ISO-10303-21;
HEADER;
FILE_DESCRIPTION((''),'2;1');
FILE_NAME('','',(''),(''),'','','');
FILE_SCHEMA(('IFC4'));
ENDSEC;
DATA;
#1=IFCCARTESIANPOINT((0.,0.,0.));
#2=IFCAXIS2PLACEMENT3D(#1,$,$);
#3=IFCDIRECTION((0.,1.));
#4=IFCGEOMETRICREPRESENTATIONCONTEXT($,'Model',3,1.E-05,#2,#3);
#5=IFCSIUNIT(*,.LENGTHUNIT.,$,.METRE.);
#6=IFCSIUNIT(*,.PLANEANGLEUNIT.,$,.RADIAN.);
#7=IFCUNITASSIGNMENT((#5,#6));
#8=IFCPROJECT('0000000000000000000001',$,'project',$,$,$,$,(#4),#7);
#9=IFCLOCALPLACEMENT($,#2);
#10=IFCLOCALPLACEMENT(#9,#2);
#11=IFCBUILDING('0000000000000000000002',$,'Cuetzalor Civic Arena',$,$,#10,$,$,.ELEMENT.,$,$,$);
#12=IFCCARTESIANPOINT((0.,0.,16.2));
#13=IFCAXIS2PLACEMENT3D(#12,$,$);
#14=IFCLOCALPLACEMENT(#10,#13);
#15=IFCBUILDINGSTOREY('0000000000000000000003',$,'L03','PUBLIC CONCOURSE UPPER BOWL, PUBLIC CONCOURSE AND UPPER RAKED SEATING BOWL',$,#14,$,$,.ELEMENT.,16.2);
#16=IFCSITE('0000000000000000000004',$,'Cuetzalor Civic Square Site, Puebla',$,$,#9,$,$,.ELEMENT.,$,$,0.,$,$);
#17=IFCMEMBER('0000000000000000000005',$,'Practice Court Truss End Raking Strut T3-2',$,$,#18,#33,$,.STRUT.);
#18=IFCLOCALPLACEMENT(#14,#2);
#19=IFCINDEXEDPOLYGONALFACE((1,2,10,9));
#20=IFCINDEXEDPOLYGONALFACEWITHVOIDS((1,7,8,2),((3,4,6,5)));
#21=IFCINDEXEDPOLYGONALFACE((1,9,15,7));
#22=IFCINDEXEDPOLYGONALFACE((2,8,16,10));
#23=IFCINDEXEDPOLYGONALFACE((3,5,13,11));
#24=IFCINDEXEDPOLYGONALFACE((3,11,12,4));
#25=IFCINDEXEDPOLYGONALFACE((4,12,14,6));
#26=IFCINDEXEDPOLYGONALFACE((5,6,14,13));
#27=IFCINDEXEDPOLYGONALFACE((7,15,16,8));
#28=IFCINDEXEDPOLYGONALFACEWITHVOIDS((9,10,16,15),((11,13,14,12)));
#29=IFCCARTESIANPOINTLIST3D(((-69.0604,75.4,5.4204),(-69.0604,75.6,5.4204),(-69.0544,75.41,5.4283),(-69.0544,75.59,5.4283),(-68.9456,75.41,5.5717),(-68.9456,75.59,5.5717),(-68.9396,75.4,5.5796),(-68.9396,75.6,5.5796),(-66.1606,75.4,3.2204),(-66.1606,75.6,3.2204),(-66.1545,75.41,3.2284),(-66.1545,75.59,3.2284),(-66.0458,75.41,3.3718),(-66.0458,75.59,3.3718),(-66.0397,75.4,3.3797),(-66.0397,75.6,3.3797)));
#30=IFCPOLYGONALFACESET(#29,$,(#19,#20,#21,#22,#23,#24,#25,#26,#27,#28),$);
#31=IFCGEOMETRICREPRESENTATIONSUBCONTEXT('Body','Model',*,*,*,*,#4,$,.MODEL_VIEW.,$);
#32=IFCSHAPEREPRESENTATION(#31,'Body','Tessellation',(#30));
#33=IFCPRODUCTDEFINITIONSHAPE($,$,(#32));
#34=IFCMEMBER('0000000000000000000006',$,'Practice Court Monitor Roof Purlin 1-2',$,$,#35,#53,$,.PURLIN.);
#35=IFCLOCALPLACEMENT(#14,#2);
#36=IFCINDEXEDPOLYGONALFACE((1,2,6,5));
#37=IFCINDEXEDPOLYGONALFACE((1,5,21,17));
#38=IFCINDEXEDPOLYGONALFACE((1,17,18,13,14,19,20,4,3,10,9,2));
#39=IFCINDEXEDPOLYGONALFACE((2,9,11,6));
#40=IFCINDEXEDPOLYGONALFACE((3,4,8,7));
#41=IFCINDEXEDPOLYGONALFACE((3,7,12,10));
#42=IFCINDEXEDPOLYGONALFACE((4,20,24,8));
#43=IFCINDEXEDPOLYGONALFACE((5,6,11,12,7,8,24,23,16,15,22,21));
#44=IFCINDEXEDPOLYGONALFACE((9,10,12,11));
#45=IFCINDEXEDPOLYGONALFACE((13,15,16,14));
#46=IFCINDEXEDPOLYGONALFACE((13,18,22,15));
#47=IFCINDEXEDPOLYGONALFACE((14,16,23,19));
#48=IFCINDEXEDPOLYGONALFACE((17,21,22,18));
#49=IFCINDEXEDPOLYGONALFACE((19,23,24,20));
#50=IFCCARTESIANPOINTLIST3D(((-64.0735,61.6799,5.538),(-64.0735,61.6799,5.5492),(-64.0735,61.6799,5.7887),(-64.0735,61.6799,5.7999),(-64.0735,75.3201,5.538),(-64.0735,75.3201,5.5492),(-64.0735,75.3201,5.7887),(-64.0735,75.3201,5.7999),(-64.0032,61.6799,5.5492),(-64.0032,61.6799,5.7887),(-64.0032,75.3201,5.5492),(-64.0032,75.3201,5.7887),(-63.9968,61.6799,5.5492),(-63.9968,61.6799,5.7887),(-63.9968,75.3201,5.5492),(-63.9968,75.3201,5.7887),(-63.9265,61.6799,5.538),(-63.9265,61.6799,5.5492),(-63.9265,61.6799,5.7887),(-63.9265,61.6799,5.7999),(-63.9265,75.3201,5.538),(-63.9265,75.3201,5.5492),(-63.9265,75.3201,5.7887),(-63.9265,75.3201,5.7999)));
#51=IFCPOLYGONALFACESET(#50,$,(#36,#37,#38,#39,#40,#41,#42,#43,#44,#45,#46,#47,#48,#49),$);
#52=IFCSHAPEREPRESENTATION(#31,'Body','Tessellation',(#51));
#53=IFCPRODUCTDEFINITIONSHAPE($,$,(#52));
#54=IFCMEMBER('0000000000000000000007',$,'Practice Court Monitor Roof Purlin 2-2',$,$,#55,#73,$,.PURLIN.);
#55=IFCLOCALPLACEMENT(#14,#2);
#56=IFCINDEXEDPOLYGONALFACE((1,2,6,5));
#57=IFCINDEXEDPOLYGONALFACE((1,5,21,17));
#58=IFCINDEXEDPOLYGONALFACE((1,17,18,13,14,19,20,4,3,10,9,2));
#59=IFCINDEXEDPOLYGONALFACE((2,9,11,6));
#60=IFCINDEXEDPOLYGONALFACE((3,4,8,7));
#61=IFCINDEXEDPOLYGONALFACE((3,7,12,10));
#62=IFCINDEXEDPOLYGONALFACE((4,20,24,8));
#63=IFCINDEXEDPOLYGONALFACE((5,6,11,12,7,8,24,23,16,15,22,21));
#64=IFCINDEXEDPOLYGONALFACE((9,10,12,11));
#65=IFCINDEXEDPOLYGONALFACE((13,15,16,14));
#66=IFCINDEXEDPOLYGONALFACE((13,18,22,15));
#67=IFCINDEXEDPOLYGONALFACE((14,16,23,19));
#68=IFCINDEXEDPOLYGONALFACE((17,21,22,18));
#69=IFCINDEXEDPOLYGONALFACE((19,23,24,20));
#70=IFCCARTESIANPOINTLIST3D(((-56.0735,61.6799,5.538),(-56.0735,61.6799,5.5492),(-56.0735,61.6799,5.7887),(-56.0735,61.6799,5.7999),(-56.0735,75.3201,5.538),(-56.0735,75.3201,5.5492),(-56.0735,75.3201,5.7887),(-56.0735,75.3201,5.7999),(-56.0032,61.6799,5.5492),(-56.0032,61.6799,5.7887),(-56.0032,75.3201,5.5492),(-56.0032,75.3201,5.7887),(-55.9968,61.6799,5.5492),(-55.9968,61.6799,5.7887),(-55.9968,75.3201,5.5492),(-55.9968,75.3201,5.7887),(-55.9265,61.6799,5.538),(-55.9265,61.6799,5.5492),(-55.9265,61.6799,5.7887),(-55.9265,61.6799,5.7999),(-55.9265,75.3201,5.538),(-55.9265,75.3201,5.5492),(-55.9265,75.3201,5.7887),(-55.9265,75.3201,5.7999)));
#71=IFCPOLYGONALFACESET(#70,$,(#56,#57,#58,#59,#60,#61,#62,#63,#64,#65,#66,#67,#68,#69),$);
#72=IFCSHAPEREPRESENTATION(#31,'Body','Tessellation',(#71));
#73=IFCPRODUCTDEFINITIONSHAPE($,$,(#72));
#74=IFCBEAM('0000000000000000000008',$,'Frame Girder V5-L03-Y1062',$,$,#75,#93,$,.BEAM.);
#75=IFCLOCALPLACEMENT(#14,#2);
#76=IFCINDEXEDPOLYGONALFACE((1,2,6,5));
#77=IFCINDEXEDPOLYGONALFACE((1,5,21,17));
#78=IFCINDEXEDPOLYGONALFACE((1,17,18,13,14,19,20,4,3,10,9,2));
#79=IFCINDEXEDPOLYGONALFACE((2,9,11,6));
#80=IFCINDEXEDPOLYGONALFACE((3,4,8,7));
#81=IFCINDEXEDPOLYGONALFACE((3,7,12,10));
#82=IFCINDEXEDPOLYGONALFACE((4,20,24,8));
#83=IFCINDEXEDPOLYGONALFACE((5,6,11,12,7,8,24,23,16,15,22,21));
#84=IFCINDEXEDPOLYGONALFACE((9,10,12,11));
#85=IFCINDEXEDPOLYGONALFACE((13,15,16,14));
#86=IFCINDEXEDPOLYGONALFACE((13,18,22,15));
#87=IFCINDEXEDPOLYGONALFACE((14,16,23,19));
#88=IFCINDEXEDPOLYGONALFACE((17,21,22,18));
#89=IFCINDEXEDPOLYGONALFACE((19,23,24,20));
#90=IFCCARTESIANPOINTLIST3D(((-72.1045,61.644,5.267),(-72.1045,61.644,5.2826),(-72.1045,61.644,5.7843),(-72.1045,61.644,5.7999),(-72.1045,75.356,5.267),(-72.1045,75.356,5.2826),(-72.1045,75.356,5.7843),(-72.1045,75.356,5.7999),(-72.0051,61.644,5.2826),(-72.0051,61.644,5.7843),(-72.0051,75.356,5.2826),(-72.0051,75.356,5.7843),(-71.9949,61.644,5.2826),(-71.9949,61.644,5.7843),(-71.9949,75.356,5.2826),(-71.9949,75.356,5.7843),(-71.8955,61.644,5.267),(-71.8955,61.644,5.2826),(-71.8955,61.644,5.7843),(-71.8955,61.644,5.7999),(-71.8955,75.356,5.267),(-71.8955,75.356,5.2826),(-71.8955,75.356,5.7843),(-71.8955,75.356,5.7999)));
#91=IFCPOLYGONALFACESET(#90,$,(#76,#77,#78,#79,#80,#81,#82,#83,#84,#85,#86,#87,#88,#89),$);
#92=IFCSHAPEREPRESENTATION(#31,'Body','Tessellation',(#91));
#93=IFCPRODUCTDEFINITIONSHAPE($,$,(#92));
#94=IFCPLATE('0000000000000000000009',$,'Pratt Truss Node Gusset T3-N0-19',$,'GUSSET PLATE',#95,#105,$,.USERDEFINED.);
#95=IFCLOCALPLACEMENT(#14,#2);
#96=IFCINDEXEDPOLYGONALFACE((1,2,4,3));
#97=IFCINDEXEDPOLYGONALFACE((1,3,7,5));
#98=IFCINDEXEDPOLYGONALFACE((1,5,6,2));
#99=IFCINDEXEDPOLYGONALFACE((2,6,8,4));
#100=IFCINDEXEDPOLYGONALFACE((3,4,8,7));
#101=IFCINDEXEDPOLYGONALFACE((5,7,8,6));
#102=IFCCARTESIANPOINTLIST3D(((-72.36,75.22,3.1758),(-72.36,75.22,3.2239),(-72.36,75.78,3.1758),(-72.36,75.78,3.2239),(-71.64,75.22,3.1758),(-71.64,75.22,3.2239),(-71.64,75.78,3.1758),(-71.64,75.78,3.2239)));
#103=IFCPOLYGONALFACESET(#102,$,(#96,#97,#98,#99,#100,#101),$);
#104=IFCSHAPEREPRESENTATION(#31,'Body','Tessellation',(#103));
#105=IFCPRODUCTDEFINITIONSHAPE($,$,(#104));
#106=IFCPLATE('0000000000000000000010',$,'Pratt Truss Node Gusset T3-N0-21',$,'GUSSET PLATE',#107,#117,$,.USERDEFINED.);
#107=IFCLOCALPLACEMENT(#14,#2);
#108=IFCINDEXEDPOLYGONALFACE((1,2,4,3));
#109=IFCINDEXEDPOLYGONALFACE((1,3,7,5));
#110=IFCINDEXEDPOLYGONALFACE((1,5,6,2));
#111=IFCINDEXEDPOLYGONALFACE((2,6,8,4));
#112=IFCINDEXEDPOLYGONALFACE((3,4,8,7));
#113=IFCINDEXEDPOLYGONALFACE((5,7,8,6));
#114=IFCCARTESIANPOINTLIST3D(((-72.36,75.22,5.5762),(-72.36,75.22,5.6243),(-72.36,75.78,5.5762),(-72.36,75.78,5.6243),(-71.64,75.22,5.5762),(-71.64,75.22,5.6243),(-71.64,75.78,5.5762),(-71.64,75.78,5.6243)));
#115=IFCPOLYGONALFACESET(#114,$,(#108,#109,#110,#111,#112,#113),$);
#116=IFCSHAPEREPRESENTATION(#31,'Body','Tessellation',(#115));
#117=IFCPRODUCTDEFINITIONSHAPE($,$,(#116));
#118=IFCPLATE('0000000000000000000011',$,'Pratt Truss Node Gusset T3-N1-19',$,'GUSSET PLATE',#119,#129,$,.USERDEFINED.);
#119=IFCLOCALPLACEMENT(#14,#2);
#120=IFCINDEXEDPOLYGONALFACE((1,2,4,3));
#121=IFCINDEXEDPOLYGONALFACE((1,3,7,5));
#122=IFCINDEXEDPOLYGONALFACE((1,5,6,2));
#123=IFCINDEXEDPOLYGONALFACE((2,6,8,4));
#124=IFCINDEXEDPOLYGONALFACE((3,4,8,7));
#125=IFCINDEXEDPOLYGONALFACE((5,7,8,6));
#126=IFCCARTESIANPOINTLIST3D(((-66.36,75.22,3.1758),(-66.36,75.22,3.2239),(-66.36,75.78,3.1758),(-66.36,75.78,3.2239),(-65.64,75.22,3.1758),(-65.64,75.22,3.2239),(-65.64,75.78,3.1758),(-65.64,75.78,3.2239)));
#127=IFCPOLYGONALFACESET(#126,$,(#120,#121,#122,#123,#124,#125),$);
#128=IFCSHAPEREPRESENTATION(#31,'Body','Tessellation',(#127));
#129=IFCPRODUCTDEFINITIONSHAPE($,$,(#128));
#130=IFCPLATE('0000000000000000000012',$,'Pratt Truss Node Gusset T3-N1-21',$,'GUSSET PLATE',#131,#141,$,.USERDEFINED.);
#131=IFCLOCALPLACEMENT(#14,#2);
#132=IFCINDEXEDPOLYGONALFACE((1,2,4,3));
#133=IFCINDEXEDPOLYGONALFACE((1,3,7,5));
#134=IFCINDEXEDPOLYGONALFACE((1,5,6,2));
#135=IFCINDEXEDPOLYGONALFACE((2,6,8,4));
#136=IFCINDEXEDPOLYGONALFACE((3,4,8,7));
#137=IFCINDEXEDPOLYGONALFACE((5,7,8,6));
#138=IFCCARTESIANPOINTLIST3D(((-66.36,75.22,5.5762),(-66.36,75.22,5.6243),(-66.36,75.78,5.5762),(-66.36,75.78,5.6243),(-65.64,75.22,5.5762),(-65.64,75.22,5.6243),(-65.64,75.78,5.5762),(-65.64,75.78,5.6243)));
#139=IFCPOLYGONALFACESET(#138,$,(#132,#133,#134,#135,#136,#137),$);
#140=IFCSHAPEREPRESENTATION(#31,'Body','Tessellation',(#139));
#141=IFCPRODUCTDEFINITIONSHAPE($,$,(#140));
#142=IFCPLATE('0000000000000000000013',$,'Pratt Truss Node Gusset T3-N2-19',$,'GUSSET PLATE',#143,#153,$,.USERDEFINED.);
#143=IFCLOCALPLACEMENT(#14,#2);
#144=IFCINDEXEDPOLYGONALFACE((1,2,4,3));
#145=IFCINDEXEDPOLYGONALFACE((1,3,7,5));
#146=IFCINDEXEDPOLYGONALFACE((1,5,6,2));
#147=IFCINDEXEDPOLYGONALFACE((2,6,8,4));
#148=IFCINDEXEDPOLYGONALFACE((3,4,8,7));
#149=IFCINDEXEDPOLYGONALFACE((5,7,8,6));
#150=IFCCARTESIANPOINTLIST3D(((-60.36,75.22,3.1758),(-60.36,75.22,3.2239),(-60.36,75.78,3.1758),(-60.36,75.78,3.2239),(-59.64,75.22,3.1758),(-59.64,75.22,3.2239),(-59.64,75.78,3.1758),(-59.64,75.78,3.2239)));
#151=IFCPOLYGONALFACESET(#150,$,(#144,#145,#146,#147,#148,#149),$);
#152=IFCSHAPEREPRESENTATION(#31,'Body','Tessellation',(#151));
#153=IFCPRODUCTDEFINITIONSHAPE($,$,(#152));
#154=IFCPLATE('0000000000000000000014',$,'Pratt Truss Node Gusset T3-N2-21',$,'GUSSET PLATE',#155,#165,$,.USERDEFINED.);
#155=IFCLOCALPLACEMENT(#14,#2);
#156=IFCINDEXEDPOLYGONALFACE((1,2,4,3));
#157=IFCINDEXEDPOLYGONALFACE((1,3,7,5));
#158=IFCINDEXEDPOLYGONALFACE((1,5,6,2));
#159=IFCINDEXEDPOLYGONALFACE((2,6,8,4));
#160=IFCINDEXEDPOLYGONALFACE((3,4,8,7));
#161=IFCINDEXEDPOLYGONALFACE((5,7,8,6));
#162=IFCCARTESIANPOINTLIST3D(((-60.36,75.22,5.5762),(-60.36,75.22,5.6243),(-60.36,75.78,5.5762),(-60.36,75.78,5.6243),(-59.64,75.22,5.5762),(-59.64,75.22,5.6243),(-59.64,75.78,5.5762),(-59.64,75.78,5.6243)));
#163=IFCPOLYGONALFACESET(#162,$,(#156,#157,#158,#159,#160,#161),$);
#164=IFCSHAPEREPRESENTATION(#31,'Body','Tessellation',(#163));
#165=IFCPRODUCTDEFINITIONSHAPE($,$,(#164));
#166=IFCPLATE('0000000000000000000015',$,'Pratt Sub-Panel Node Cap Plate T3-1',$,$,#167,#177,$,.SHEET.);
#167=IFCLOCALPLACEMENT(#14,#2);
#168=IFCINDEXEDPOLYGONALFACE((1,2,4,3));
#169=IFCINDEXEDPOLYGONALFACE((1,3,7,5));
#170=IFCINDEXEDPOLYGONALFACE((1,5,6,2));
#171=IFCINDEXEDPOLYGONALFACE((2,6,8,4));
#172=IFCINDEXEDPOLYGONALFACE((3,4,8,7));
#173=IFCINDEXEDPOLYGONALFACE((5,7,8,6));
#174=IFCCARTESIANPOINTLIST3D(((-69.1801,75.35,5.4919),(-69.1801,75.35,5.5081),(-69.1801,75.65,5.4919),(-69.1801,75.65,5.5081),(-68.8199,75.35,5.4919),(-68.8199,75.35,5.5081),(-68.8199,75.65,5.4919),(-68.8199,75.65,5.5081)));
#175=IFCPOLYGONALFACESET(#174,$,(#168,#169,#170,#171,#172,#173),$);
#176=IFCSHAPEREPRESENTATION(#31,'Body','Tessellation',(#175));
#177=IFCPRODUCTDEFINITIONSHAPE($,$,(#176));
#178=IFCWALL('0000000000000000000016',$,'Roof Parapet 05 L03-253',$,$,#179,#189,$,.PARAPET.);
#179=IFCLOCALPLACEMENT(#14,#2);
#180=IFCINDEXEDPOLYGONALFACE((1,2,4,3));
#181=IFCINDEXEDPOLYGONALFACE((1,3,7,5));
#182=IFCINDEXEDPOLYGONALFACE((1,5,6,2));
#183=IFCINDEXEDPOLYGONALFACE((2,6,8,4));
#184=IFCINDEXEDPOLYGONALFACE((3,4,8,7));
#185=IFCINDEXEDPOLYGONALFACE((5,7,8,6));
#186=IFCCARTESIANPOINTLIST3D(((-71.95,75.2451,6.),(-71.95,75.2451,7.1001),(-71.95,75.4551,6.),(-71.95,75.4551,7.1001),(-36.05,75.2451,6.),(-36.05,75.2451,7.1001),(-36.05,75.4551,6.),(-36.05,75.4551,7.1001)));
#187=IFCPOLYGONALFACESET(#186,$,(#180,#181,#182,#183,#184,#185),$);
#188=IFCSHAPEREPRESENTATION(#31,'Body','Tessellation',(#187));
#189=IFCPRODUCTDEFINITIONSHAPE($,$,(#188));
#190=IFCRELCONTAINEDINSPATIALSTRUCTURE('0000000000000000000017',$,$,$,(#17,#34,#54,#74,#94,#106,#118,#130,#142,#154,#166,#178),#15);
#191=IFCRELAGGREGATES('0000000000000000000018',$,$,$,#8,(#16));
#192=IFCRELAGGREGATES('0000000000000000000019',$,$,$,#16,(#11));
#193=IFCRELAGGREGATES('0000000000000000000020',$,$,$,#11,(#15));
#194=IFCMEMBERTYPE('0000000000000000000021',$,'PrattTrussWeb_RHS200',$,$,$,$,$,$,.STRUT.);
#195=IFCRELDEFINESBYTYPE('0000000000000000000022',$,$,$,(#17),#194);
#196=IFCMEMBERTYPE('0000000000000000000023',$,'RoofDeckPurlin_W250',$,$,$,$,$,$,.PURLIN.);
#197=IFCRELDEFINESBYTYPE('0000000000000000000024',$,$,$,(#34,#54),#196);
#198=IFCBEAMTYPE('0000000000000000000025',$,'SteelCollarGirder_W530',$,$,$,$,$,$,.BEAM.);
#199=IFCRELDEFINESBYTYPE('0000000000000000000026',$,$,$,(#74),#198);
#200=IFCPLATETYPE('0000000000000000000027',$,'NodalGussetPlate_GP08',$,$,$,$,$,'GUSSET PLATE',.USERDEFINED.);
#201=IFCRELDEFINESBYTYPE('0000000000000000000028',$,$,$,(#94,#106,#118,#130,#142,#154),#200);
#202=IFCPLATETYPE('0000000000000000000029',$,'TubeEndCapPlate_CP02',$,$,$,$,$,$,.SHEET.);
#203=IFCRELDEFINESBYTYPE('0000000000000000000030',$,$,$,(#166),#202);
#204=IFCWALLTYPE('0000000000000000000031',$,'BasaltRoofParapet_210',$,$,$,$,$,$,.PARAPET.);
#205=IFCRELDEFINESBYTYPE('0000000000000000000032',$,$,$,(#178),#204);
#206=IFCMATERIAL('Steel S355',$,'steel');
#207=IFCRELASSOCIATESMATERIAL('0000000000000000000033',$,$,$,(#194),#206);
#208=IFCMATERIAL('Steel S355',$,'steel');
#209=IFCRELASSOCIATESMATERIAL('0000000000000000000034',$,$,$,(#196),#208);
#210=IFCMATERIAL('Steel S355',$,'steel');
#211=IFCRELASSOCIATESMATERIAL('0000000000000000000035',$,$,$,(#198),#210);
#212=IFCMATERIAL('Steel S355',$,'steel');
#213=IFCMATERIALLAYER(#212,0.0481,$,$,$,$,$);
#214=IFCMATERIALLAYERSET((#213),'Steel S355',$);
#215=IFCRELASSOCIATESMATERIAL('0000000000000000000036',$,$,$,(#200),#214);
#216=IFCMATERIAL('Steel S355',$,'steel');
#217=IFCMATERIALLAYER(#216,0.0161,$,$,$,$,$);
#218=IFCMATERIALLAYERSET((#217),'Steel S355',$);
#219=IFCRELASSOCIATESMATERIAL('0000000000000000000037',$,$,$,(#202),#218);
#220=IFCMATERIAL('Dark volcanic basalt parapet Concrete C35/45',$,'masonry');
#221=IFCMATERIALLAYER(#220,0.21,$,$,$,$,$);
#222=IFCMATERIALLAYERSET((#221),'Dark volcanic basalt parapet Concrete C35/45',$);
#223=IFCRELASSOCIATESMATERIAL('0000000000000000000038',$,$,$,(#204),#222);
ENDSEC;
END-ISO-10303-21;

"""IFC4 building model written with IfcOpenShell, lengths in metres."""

from ifc_helpers import new_model, si_unit, direction, frame, frame_2d, origin, origin_2d, place, context, subcontext, project, spatial, rectangle, hollow_rectangle, i_section, extrude, material, layer, layer_set, material_profile, profile_set, type_object, element, save


model = new_model("IFC4")

# Units and contexts
model_context = context("Model", 3, precision=1e-05, world=origin(), true_north=direction((0.0, 1.0)))
body_context = subcontext(model_context, "Body", "Model", "MODEL_VIEW")
ifc_project = project(units=[si_unit("LENGTHUNIT", "METRE"), si_unit("PLANEANGLEUNIT", "RADIAN")], contexts=[model_context])

# Site, building, storey
site_placement = place(None, origin())
site = spatial("IfcSite", under=ifc_project, at=site_placement, Name="Cuetzalor Civic Square Site, Puebla", CompositionType="ELEMENT", RefElevation=0.0)
building_placement = place(site_placement, origin())
building = spatial("IfcBuilding", under=site, at=building_placement, Name="Cuetzalor Civic Arena", CompositionType="ELEMENT")
storey_placement = place(building_placement, frame((0.0, 0.0, 16.2)))
storey = spatial("IfcBuildingStorey", under=building, at=storey_placement, Name="L03", Description="PUBLIC CONCOURSE UPPER BOWL, PUBLIC CONCOURSE AND UPPER RAKED SEATING BOWL", CompositionType="ELEMENT", Elevation=16.2)

# Members
ifc_material_1 = material(Name="Steel S355", Category="steel")
ifc_material_profile_1 = material_profile(ifc_material_1, hollow_rectangle(XDim=0.2, YDim=0.2, WallThickness=0.01, at=origin_2d()), Name="RHS 200x200x10")
ifc_profile_set_1 = profile_set([ifc_material_profile_1], Name="Steel S355")
member_type_1 = type_object("IfcMemberType", Name="PrattTrussWeb_RHS200", PredefinedType="STRUT", material=ifc_profile_set_1)
member_1_placement = place(storey_placement, frame((-69.0, 75.5, 5.5), z_axis=(0.796688, 0.0, -0.604391), x_axis=(0.0, 1.0, 0.0)))
element("IfcMember", 1, at=member_1_placement, inside=storey, type_object=member_type_1, Name="Practice Court Truss End Raking Strut T3-2", PredefinedType="STRUT", context=body_context, shape_type="SweptSolid", body=[
    extrude(hollow_rectangle(XDim=0.2, YDim=0.2, WallThickness=0.01, at=origin_2d()), origin(), (0.0, 0.0, 1.0), 3.6399),
])
ifc_material_2 = material(Name="Steel S355", Category="steel")
ifc_material_profile_2 = material_profile(ifc_material_2, i_section(OverallWidth=0.147, OverallDepth=0.262, WebThickness=0.0063, FlangeThickness=0.0112, at=origin_2d()), Name="W250x39")
ifc_profile_set_2 = profile_set([ifc_material_profile_2], Name="Steel S355")
member_type_2 = type_object("IfcMemberType", Name="RoofDeckPurlin_W250", PredefinedType="PURLIN", material=ifc_profile_set_2)
for number, where, z_axis, x_axis, name in (
    (2, (-64.0, 61.6799, 5.6689), (0.0, 1.0, 0.0), (-1.0, 0.0, 0.0), "Practice Court Monitor Roof Purlin 1-2"),
    (3, (-56.0, 61.6799, 5.6689), (0.0, 1.0, 0.0), (-1.0, 0.0, 0.0), "Practice Court Monitor Roof Purlin 2-2"),
):
    element("IfcMember", number, at=place(storey_placement, frame(where, z_axis=z_axis, x_axis=x_axis)), inside=storey, type_object=member_type_2, Name=name, PredefinedType="PURLIN", context=body_context, shape_type="SweptSolid", body=[
        extrude(i_section(OverallWidth=0.147, OverallDepth=0.262, WebThickness=0.0063, FlangeThickness=0.0112, at=origin_2d()), origin(), (0.0, 0.0, 1.0), 13.6401),
    ])

# Beam
ifc_material_3 = material(Name="Steel S355", Category="steel")
ifc_material_profile_3 = material_profile(ifc_material_3, i_section(OverallWidth=0.209, OverallDepth=0.533, WebThickness=0.0103, FlangeThickness=0.0156, at=origin_2d()), Name="W530x92")
ifc_profile_set_3 = profile_set([ifc_material_profile_3], Name="Steel S355")
beam_type = type_object("IfcBeamType", Name="SteelCollarGirder_W530", PredefinedType="BEAM", material=ifc_profile_set_3)
beam_placement = place(storey_placement, frame((-72.0, 61.644, 5.5334), z_axis=(0.0, 1.0, 0.0), x_axis=(-1.0, 0.0, 0.0)))
element("IfcBeam", 4, at=beam_placement, inside=storey, type_object=beam_type, Name="Frame Girder V5-L03-Y1062", PredefinedType="BEAM", context=body_context, shape_type="SweptSolid", body=[
    extrude(i_section(OverallWidth=0.209, OverallDepth=0.533, WebThickness=0.0103, FlangeThickness=0.0156, at=origin_2d()), origin(), (0.0, 0.0, 1.0), 13.7119),
])

# Plates
ifc_material_4 = material(Name="Steel S355", Category="steel")
ifc_layer_1 = layer(ifc_material_4, 0.0481)
ifc_layer_set_1 = layer_set([ifc_layer_1], Name="Steel S355")
plate_type_1 = type_object("IfcPlateType", Name="NodalGussetPlate_GP08", ElementType="GUSSET PLATE", PredefinedType="USERDEFINED", material=ifc_layer_set_1)
for number, where, z_axis, x_axis, name in (
    (5, (-72.0, 75.5, 3.1758), (0.0, 0.0, 1.0), (1.0, 0.0, 0.0), "Pratt Truss Node Gusset T3-N0-19"),
    (6, (-72.0, 75.5, 5.5762), (0.0, 0.0, 1.0), (1.0, 0.0, 0.0), "Pratt Truss Node Gusset T3-N0-21"),
    (7, (-66.0, 75.5, 3.1758), (0.0, 0.0, 1.0), (1.0, 0.0, 0.0), "Pratt Truss Node Gusset T3-N1-19"),
    (8, (-66.0, 75.5, 5.5762), (0.0, 0.0, 1.0), (1.0, 0.0, 0.0), "Pratt Truss Node Gusset T3-N1-21"),
    (9, (-60.0, 75.5, 3.1758), (0.0, 0.0, 1.0), (1.0, 0.0, 0.0), "Pratt Truss Node Gusset T3-N2-19"),
    (10, (-60.0, 75.5, 5.5762), (0.0, 0.0, 1.0), (1.0, 0.0, 0.0), "Pratt Truss Node Gusset T3-N2-21"),
):
    element("IfcPlate", number, at=place(storey_placement, frame(where, z_axis=z_axis, x_axis=x_axis)), inside=storey, type_object=plate_type_1, Name=name, ObjectType="GUSSET PLATE", PredefinedType="USERDEFINED", context=body_context, shape_type="SweptSolid", body=[
        extrude(rectangle(XDim=0.72, YDim=0.5601, at=origin_2d()), origin(), (0.0, 0.0, 1.0), 0.0481),
    ])
ifc_material_5 = material(Name="Steel S355", Category="steel")
ifc_layer_2 = layer(ifc_material_5, 0.0161)
ifc_layer_set_2 = layer_set([ifc_layer_2], Name="Steel S355")
plate_type_2 = type_object("IfcPlateType", Name="TubeEndCapPlate_CP02", PredefinedType="SHEET", material=ifc_layer_set_2)
plate_placement = place(storey_placement, frame((-69.0, 75.5, 5.4919), z_axis=(0.0, 0.0, 1.0), x_axis=(1.0, 0.0, 0.0)))
element("IfcPlate", 11, at=plate_placement, inside=storey, type_object=plate_type_2, Name="Pratt Sub-Panel Node Cap Plate T3-1", PredefinedType="SHEET", context=body_context, shape_type="SweptSolid", body=[
    extrude(rectangle(XDim=0.3601, YDim=0.3, at=origin_2d()), origin(), (0.0, 0.0, 1.0), 0.0161),
])

# Wall
ifc_material_6 = material(Name="Dark volcanic basalt parapet Concrete C35/45", Category="masonry")
ifc_layer_3 = layer(ifc_material_6, 0.21)
ifc_layer_set_3 = layer_set([ifc_layer_3], Name="Dark volcanic basalt parapet Concrete C35/45")
wall_type = type_object("IfcWallType", Name="BasaltRoofParapet_210", PredefinedType="PARAPET", material=ifc_layer_set_3)
wall_placement = place(storey_placement, frame((-71.95, 75.3501, 6.0), z_axis=(0.0, 0.0, 1.0), x_axis=(1.0, 0.0, 0.0)))
element("IfcWall", 12, at=wall_placement, inside=storey, type_object=wall_type, Name="Roof Parapet 05 L03-253", PredefinedType="PARAPET", context=body_context, shape_type="SweptSolid", body=[
    extrude(rectangle(XDim=35.8999, YDim=0.21, at=frame_2d((17.95, 0.0))), origin(), (0.0, 0.0, 1.0), 1.1001),
])

save(model, "model.ifc")
